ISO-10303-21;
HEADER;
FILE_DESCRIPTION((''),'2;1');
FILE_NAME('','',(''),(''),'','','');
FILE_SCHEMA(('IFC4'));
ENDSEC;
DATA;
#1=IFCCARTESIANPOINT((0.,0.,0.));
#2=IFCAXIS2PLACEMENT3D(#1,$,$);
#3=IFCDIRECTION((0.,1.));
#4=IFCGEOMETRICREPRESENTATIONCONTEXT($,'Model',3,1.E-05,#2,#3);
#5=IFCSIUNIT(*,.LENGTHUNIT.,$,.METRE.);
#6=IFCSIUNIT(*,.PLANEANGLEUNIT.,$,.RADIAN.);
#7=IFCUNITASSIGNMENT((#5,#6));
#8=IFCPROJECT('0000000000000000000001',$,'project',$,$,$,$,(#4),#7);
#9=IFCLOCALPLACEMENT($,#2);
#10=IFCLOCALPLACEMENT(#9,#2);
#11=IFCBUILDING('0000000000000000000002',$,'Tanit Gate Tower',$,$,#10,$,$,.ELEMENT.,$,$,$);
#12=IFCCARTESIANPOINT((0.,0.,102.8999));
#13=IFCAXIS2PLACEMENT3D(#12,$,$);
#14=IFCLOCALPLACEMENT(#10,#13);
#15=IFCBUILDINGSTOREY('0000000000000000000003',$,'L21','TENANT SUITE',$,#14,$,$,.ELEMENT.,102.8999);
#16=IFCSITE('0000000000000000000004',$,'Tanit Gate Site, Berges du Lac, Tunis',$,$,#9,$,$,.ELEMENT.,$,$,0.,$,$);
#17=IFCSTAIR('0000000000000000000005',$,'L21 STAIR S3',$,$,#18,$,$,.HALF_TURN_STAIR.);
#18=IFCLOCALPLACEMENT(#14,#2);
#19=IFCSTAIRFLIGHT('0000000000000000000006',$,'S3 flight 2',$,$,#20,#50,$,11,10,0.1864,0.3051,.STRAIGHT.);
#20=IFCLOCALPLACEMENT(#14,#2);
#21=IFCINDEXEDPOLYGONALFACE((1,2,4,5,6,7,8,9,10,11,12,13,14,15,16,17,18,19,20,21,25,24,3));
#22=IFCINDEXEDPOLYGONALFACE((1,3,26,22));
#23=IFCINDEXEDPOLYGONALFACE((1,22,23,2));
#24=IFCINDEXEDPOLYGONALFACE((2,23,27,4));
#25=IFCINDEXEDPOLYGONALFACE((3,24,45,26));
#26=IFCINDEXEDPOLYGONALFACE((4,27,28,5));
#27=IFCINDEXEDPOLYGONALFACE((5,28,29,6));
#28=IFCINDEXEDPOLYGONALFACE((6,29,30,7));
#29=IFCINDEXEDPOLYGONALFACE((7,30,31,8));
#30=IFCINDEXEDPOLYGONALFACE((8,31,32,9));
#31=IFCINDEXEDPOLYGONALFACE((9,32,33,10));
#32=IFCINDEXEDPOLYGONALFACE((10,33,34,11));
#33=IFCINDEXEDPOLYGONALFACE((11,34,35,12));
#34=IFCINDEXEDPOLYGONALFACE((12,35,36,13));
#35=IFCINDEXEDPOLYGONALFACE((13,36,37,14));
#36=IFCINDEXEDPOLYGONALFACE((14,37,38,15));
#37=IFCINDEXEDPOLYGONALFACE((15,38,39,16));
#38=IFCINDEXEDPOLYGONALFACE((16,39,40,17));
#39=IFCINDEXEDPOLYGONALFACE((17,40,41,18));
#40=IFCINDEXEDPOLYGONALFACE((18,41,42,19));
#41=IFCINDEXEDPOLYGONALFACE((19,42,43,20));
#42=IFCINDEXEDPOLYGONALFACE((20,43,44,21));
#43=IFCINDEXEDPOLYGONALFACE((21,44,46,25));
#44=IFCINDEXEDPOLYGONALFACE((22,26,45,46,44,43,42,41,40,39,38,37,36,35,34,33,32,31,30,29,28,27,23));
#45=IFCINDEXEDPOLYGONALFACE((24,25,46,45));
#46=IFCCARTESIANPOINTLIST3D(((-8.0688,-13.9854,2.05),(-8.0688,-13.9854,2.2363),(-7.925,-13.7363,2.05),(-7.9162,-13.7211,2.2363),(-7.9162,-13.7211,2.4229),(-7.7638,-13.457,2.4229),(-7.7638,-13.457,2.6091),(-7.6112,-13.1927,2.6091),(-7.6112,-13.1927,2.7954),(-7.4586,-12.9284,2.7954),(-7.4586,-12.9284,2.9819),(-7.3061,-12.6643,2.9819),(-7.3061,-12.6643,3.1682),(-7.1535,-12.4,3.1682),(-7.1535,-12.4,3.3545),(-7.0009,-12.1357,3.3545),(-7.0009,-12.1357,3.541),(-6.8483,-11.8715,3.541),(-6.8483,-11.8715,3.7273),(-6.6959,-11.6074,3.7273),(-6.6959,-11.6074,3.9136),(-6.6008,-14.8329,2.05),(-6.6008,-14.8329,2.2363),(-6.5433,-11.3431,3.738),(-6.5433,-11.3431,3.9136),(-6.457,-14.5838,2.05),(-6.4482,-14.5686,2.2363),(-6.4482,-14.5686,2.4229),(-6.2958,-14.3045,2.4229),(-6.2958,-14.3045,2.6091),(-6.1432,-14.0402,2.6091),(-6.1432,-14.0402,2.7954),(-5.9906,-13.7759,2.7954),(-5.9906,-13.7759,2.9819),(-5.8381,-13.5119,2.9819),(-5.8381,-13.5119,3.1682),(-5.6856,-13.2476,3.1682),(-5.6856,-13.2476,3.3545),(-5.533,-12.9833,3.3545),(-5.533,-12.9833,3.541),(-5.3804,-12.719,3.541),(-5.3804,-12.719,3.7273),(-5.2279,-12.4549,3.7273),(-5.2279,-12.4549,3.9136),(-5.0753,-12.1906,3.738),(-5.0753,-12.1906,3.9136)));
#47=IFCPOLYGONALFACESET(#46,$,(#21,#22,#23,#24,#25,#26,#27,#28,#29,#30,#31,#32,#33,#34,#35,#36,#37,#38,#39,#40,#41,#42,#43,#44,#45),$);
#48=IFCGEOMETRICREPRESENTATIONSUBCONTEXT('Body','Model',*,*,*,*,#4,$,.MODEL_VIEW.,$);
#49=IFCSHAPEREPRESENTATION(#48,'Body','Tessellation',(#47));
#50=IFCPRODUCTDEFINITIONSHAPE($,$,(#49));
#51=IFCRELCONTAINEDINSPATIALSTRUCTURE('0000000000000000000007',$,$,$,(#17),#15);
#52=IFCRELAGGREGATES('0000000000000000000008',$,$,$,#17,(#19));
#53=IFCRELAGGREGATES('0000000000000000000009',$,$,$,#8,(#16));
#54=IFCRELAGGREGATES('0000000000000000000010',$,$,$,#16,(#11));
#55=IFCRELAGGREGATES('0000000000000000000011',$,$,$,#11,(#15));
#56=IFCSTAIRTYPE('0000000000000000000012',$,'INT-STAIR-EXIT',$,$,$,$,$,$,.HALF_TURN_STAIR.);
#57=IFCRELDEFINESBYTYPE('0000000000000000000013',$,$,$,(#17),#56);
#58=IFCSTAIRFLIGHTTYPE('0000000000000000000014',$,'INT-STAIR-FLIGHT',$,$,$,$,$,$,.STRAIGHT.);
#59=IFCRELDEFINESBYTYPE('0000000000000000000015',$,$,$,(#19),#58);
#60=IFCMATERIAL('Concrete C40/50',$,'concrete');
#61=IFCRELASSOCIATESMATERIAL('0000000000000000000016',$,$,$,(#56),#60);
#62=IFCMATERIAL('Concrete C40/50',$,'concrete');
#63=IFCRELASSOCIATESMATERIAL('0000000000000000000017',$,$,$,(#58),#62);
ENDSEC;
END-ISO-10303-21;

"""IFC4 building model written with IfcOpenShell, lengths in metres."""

from ifc_helpers import new_model, si_unit, direction, frame, origin, place, context, subcontext, project, spatial, polyline, outline, extrude, material, type_object, element, aggregate, save


model = new_model("IFC4")

# Units and contexts
model_context = context("Model", 3, precision=1e-05, world=origin(), true_north=direction((0.0, 1.0)))
body_context = subcontext(model_context, "Body", "Model", "MODEL_VIEW")
ifc_project = project(units=[si_unit("LENGTHUNIT", "METRE"), si_unit("PLANEANGLEUNIT", "RADIAN")], contexts=[model_context])

# Site, building, storey
site_placement = place(None, origin())
site = spatial("IfcSite", under=ifc_project, at=site_placement, Name="Tanit Gate Site, Berges du Lac, Tunis", CompositionType="ELEMENT", RefElevation=0.0)
building_placement = place(site_placement, origin())
building = spatial("IfcBuilding", under=site, at=building_placement, Name="Tanit Gate Tower", CompositionType="ELEMENT")
storey_placement = place(building_placement, frame((0.0, 0.0, 102.8999)))
storey = spatial("IfcBuildingStorey", under=building, at=storey_placement, Name="L21", Description="TENANT SUITE", CompositionType="ELEMENT", Elevation=102.8999)

# Stair, stair flight
ifc_material_1 = material(Name="Concrete C40/50", Category="concrete")
stair_type = type_object("IfcStairType", Name="INT-STAIR-EXIT", PredefinedType="HALF_TURN_STAIR", material=ifc_material_1)
stair_placement = place(storey_placement, origin())
stair = element("IfcStair", 1, at=stair_placement, inside=storey, type_object=stair_type, Name="L21 STAIR S3", PredefinedType="HALF_TURN_STAIR")
ifc_material_2 = material(Name="Concrete C40/50", Category="concrete")
stair_flight_type = type_object("IfcStairFlightType", Name="INT-STAIR-FLIGHT", PredefinedType="STRAIGHT", material=ifc_material_2)
stair_flight_1_placement = place(storey_placement, frame((-7.3347, -14.4092, 2.05), z_axis=(0.0, 0.0, 1.0), x_axis=(0.5, 0.866025, 0.0)))
stair_flight_1 = element("IfcStairFlight", 2, at=stair_flight_1_placement, type_object=stair_flight_type, Name="S3 flight 2", NumberOfRisers=11, NumberOfTreads=10, PredefinedType="STRAIGHT", RiserHeight=0.1864, TreadLength=0.3051, context=body_context, shape_type="SweptSolid", body=[
    extrude(outline(polyline([(0.0, 0.0), (0.0, 0.1863), (0.3052, 0.1863), (0.3052, 0.3728), (0.6101, 0.3728), (0.6101, 0.5591), (0.9153, 0.5591), (0.9153, 0.7454), (1.2205, 0.7454), (1.2205, 0.9319), (1.5254, 0.9319), (1.5254, 1.1182), (1.8306, 1.1182), (1.8306, 1.3044), (2.1357, 1.3044), (2.1357, 1.491), (2.4409, 1.491), (2.4409, 1.6772), (2.7458, 1.6772), (2.7458, 1.8635), (3.051, 1.8635), (3.051, 2.05), (3.051, 1.688), (0.2876, 0.0), (0.0, 0.0)])), frame((0.0, 0.8477, 0.0), z_axis=(0.0, -1.0, 0.0), x_axis=(1.0, 0.0, 0.0)), (0.0, 0.0, 1.0), 1.6951),
])
aggregate(stair, [stair_flight_1])

save(model, "model.ifc")
